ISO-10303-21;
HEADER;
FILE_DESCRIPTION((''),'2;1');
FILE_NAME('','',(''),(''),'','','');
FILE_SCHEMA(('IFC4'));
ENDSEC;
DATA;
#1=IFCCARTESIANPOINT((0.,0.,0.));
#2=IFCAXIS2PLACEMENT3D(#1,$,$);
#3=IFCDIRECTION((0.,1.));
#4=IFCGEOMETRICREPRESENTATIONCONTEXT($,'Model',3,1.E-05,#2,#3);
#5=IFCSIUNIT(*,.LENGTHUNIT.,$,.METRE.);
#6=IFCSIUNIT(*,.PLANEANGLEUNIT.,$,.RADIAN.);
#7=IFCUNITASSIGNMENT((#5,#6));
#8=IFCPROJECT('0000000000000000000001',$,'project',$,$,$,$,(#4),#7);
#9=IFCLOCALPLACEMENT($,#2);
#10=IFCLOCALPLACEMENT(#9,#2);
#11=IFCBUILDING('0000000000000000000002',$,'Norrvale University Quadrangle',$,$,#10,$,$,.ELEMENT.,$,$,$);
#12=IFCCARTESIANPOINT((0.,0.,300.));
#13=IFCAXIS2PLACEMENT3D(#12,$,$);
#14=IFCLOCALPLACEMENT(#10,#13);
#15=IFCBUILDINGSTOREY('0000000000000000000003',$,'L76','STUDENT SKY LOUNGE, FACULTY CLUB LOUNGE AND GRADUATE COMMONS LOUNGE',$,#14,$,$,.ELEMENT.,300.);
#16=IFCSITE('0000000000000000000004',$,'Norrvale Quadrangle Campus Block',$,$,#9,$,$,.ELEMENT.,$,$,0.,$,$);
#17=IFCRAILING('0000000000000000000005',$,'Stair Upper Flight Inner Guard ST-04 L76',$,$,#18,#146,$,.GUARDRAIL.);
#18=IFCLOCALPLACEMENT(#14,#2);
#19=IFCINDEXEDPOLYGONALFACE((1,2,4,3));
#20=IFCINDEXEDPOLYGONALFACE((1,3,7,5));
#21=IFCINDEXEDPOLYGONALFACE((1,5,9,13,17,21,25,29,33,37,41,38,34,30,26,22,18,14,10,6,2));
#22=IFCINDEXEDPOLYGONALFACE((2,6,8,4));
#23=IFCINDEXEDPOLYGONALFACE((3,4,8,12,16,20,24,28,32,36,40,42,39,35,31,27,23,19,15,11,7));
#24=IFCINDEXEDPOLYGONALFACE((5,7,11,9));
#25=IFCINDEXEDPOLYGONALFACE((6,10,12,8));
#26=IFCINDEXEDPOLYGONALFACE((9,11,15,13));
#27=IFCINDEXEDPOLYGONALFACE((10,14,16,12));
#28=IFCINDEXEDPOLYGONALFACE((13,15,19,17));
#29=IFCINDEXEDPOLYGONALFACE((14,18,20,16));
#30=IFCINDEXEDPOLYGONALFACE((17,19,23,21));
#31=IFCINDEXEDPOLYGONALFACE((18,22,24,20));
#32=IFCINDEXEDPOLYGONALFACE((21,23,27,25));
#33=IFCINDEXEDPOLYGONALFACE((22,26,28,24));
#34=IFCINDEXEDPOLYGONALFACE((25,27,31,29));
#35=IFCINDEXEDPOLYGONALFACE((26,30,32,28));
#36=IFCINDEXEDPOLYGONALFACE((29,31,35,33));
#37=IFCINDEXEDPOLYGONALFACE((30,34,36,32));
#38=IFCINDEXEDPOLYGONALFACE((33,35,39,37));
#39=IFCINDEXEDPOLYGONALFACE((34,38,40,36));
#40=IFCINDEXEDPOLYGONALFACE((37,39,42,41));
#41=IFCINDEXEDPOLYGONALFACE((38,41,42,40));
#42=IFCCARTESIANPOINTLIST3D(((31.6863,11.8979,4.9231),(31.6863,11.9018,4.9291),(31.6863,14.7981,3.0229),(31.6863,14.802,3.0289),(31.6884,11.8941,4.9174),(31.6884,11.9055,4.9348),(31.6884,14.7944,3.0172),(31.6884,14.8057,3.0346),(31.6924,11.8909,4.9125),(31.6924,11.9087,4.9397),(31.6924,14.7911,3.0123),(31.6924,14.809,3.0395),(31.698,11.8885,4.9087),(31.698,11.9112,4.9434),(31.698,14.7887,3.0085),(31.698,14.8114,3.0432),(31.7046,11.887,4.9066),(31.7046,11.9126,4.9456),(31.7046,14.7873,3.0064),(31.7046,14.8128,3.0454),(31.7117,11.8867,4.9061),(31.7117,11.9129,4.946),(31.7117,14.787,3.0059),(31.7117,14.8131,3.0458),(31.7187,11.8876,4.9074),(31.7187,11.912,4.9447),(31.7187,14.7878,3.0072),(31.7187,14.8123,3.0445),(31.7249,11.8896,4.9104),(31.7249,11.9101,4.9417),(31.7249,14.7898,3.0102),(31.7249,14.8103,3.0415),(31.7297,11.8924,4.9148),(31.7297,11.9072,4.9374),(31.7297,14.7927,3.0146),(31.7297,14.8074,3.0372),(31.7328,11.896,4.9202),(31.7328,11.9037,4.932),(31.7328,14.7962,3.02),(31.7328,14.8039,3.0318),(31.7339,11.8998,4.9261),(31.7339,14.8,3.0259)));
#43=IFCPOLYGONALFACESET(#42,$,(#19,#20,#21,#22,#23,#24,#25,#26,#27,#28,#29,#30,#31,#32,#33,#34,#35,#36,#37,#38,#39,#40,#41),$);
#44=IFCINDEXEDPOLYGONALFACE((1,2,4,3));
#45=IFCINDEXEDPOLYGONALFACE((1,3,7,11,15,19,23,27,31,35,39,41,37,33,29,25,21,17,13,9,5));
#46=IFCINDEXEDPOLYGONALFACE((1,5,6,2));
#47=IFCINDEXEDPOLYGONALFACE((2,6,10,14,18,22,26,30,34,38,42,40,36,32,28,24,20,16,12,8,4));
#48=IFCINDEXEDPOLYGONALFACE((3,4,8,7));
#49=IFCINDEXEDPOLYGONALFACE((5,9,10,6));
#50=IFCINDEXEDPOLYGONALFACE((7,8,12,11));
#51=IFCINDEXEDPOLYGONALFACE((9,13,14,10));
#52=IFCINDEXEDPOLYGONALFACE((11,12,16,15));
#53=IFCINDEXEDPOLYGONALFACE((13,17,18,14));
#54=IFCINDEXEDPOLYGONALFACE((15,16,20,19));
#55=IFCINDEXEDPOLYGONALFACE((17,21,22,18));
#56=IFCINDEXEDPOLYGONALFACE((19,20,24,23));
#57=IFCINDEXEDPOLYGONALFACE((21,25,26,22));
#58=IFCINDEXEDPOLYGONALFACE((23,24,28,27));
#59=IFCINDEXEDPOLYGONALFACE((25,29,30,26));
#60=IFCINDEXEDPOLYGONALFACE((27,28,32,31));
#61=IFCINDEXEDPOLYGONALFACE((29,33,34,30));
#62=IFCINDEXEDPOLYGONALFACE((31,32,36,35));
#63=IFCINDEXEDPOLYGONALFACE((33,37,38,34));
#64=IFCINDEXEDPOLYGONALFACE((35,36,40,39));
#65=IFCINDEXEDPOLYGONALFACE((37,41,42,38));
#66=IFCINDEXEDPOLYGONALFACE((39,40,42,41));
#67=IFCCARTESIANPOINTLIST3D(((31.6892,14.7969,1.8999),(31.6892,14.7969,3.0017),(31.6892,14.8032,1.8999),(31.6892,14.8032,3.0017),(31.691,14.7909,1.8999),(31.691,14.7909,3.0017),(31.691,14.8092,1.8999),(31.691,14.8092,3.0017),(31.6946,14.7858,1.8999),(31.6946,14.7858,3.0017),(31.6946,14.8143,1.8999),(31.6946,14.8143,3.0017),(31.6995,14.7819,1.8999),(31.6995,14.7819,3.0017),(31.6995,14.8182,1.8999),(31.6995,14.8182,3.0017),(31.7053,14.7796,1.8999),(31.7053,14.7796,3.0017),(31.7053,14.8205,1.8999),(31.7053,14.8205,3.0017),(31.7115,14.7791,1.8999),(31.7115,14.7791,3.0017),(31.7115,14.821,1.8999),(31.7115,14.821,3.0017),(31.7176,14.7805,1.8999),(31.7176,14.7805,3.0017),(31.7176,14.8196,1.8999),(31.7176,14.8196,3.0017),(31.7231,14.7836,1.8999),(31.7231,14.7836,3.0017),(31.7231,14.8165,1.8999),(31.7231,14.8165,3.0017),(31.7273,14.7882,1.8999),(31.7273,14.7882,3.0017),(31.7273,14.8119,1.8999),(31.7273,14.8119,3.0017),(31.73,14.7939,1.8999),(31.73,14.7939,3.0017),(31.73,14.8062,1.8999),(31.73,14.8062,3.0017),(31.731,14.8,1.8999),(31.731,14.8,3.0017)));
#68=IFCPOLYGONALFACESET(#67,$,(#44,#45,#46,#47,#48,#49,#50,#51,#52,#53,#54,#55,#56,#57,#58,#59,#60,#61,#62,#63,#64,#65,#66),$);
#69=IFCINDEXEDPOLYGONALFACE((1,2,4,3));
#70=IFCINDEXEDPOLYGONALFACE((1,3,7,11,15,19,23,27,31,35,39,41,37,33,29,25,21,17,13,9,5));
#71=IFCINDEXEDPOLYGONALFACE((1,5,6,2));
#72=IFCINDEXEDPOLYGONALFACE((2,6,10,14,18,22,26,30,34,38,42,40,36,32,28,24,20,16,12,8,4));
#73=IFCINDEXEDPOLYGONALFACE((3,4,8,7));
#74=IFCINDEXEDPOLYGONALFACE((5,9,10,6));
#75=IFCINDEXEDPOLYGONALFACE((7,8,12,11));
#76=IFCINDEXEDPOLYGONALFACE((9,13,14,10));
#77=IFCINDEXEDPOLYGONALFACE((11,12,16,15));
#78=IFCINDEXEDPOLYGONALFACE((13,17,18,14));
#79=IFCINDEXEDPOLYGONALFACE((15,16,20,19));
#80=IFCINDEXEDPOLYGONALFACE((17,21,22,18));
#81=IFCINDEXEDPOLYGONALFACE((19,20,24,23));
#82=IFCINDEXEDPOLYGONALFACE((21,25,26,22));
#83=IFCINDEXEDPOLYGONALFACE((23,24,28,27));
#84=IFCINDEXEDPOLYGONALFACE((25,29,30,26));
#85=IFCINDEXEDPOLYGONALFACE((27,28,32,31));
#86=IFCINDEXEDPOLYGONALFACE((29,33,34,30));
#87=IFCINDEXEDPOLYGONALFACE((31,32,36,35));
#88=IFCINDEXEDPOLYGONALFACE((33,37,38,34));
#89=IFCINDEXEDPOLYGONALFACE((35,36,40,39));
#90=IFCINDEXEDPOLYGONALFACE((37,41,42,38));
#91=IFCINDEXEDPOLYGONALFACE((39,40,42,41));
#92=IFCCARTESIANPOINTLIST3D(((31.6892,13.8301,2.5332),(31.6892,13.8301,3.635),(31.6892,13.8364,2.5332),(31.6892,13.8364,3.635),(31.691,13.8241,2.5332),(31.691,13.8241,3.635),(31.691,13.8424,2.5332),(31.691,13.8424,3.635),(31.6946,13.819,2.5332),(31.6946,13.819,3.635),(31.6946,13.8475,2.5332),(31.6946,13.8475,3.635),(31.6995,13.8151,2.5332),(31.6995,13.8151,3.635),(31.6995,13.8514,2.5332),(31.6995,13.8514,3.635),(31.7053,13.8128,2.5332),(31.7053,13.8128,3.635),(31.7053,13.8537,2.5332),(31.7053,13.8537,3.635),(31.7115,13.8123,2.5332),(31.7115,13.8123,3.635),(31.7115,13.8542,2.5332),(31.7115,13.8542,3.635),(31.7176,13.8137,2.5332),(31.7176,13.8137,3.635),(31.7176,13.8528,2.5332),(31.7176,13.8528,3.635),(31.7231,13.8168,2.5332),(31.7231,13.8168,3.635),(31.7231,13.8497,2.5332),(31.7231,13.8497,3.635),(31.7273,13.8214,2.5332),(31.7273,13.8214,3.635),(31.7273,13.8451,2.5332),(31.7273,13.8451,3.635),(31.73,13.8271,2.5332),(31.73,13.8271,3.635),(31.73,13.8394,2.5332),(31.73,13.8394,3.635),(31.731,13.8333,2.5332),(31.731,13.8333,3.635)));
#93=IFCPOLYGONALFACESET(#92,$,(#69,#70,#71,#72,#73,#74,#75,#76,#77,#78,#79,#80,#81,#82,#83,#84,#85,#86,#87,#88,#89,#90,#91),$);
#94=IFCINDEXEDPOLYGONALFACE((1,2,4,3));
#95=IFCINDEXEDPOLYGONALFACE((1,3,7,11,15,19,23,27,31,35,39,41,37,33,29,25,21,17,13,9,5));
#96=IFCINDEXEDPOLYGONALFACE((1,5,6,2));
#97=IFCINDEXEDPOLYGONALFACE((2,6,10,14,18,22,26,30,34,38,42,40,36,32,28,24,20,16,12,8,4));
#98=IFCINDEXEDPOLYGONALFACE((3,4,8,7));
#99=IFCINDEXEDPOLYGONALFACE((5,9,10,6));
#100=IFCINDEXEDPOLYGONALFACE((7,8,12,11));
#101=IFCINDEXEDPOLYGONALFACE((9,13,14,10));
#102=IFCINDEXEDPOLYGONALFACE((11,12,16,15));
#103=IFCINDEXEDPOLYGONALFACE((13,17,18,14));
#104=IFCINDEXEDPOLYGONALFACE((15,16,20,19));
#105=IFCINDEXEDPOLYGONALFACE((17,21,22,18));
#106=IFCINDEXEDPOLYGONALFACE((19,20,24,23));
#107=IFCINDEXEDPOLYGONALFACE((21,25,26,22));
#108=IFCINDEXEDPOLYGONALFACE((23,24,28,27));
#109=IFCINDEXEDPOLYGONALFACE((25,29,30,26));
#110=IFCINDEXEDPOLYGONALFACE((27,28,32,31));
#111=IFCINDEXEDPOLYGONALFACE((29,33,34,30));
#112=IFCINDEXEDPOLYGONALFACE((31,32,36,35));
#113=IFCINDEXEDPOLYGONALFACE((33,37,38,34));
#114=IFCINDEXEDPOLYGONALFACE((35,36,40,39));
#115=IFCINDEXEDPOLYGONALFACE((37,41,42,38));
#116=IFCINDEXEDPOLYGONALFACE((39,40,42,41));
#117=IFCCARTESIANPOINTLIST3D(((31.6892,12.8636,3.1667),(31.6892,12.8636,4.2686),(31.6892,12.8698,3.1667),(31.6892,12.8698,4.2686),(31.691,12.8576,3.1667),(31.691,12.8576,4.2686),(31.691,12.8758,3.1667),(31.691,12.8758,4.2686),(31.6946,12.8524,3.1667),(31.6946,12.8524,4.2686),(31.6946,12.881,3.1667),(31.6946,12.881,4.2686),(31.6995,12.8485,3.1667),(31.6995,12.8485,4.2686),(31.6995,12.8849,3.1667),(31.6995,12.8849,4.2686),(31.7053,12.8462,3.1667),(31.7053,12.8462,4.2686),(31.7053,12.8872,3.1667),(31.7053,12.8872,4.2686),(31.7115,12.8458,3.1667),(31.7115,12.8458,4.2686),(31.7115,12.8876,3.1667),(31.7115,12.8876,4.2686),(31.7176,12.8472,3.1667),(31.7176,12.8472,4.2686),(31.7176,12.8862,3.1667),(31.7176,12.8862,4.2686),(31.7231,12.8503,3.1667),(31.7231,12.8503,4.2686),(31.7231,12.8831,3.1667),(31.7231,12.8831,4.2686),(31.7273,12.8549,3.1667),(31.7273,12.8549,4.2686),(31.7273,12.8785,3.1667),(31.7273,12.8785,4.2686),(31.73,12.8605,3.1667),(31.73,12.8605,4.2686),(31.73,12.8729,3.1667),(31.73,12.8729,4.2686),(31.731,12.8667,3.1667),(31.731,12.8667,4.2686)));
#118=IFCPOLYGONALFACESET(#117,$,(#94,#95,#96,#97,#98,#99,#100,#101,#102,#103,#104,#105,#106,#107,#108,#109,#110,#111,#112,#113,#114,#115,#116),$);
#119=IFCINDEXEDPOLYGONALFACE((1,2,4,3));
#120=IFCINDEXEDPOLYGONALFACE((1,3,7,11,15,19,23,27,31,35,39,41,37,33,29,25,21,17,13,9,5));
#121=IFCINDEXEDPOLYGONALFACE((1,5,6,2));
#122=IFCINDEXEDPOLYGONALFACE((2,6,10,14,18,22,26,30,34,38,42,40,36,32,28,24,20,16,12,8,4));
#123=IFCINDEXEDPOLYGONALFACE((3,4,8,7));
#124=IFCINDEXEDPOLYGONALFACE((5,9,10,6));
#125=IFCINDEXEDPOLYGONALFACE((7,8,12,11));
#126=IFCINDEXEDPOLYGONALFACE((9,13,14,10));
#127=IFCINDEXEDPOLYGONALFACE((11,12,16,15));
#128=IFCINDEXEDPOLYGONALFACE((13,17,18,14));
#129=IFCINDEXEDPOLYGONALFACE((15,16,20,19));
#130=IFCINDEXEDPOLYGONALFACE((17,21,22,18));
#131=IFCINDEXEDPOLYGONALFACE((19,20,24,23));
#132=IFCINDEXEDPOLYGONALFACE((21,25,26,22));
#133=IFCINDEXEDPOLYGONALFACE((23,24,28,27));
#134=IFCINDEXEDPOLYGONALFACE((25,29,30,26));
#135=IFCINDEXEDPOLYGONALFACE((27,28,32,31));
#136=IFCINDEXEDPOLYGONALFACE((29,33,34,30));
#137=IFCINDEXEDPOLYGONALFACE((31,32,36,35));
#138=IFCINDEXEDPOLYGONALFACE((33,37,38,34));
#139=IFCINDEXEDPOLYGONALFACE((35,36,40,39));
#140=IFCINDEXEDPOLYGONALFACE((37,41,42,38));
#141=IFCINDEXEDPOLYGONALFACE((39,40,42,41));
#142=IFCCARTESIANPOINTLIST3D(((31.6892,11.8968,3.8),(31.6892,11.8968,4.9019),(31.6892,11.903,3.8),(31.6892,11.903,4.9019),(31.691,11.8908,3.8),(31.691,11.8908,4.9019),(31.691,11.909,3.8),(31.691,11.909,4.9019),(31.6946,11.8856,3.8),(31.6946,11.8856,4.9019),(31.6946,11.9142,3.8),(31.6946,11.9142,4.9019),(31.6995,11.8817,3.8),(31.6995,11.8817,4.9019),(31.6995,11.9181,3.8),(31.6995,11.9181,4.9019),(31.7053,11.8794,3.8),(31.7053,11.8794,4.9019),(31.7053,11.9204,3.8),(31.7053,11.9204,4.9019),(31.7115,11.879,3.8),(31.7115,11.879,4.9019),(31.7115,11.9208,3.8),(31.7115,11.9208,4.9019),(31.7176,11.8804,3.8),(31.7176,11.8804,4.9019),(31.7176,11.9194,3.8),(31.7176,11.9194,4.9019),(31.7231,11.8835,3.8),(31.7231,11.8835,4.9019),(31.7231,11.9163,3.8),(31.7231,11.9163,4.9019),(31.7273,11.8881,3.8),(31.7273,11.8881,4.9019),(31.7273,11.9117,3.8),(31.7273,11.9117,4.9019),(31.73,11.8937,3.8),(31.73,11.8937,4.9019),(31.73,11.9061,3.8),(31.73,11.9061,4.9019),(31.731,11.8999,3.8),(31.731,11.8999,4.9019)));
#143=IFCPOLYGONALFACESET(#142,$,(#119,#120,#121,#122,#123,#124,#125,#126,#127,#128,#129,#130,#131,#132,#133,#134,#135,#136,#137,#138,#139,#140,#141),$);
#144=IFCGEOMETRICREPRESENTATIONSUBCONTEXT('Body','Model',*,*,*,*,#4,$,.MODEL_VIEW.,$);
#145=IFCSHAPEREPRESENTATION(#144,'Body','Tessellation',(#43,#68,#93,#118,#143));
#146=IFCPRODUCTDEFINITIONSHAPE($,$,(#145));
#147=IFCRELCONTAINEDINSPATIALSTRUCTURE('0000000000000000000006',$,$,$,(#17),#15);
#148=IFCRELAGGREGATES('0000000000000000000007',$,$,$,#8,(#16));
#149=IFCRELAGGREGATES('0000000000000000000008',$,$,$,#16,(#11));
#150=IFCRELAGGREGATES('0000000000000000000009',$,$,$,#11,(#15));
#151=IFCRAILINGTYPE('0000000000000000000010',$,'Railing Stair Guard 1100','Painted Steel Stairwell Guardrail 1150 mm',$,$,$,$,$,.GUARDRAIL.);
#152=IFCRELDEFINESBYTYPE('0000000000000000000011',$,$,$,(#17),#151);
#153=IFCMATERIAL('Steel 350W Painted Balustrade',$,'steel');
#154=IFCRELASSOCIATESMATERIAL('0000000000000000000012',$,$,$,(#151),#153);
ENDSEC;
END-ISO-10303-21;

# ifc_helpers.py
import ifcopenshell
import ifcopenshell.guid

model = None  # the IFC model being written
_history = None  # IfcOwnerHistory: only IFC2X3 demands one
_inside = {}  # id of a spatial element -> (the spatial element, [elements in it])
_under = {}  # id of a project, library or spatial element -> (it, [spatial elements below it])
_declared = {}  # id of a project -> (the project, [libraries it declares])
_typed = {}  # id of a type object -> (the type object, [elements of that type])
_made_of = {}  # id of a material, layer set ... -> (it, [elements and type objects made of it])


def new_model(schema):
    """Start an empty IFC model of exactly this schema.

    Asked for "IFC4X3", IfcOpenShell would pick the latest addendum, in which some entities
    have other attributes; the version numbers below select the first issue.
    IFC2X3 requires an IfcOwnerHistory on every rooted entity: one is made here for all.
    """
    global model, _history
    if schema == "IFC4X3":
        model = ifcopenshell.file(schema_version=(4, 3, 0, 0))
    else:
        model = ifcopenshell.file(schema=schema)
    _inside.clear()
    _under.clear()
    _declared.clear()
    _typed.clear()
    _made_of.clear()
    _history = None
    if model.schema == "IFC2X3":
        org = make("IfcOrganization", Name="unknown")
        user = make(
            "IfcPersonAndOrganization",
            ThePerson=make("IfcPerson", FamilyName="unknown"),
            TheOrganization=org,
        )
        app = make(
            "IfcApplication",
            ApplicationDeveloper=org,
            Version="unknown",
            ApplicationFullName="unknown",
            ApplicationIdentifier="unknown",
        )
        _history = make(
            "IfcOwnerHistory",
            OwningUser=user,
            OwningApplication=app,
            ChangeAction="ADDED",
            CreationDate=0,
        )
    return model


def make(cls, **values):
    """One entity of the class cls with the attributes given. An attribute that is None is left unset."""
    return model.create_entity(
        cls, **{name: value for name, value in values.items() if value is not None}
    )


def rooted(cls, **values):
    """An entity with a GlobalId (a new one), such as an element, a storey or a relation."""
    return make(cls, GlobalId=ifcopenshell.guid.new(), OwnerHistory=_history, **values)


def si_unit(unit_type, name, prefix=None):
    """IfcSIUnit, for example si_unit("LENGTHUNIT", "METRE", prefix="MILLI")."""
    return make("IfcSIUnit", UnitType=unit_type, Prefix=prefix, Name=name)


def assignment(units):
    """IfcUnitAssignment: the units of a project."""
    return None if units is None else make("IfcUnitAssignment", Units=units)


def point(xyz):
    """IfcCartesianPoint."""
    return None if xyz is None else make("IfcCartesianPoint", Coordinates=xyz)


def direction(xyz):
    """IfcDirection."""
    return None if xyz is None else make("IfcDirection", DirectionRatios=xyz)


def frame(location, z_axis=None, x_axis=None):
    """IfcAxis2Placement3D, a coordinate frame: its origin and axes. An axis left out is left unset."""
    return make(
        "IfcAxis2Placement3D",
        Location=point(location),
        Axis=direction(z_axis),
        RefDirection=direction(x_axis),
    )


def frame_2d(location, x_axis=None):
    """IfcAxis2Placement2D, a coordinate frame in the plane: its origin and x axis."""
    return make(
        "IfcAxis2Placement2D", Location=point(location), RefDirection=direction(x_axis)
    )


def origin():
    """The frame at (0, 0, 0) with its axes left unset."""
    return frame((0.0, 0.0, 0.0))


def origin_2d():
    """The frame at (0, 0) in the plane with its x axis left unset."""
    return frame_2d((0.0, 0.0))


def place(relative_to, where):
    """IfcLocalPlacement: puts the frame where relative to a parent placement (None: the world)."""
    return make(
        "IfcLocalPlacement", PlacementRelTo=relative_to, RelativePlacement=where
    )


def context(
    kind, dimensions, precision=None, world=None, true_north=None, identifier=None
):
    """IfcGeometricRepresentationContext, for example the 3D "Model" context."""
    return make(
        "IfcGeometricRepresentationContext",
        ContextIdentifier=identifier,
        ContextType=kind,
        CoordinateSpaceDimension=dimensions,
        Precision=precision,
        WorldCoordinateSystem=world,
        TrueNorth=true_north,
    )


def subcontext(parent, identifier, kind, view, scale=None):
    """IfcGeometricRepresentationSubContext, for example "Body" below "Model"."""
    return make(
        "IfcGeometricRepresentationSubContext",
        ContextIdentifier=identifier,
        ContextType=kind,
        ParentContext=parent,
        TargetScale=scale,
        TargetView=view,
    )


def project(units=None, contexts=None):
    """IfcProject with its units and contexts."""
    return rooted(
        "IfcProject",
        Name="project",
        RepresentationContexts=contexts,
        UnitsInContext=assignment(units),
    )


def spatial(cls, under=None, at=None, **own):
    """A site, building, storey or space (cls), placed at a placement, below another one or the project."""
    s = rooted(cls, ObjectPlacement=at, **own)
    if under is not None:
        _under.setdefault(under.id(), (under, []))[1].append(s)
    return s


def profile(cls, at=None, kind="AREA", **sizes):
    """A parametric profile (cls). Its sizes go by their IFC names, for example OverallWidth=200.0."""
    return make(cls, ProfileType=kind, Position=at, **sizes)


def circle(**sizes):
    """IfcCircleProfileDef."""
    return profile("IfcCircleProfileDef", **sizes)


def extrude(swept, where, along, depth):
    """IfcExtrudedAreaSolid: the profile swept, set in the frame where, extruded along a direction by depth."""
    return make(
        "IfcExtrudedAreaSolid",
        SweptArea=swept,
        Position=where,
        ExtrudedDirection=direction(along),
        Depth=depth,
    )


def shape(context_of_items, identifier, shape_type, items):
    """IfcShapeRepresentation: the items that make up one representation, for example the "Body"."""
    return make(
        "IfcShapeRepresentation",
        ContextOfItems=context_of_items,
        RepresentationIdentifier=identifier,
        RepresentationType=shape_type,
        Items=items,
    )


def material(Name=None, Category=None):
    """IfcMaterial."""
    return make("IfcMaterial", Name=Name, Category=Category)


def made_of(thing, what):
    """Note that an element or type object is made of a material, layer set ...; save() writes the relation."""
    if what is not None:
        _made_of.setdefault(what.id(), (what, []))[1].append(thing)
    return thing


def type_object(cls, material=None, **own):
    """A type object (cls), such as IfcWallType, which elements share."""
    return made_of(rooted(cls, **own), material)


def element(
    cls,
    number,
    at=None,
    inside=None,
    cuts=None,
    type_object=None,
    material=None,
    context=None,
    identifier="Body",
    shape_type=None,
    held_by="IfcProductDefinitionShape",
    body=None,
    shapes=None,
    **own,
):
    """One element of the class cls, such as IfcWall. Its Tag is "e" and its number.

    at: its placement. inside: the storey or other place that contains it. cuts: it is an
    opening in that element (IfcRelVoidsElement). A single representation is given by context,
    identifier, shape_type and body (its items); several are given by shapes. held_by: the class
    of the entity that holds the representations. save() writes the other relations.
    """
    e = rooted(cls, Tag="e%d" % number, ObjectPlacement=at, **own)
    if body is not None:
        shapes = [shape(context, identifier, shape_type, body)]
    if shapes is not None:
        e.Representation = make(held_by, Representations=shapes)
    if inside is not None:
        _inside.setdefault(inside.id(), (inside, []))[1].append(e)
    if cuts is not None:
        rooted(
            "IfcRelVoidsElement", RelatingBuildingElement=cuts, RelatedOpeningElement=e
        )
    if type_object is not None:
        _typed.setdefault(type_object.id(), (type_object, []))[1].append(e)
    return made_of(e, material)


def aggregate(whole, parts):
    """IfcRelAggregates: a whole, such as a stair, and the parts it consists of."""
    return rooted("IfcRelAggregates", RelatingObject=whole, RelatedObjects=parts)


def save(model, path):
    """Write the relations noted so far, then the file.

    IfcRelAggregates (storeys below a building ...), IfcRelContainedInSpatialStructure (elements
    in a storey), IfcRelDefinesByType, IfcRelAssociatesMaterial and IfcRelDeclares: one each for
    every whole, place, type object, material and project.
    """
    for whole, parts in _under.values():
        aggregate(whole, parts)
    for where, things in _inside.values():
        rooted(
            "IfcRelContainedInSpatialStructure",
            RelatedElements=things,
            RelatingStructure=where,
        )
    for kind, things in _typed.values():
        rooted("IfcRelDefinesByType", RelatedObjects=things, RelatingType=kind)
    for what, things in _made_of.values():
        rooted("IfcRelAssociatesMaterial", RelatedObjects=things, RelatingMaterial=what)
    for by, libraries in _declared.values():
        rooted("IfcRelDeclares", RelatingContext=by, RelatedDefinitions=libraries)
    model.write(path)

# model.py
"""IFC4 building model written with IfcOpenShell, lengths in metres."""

from ifc_helpers import new_model, si_unit, direction, frame, origin, origin_2d, place, context, subcontext, project, spatial, circle, extrude, material, type_object, element, save


model = new_model("IFC4")

# Units and contexts
model_context = context("Model", 3, precision=1e-05, world=origin(), true_north=direction((0.0, 1.0)))
body_context = subcontext(model_context, "Body", "Model", "MODEL_VIEW")
ifc_project = project(units=[si_unit("LENGTHUNIT", "METRE"), si_unit("PLANEANGLEUNIT", "RADIAN")], contexts=[model_context])

# Site, building, storey
site_placement = place(None, origin())
site = spatial("IfcSite", under=ifc_project, at=site_placement, Name="Norrvale Quadrangle Campus Block", CompositionType="ELEMENT", RefElevation=0.0)
building_placement = place(site_placement, origin())
building = spatial("IfcBuilding", under=site, at=building_placement, Name="Norrvale University Quadrangle", CompositionType="ELEMENT")
storey_placement = place(building_placement, frame((0.0, 0.0, 300.0)))
storey = spatial("IfcBuildingStorey", under=building, at=storey_placement, Name="L76", Description="STUDENT SKY LOUNGE, FACULTY CLUB LOUNGE AND GRADUATE COMMONS LOUNGE", CompositionType="ELEMENT", Elevation=300.0)

# Railing
ifc_material_1 = material(Name="Steel 350W Painted Balustrade", Category="steel")
railing_type_1 = type_object("IfcRailingType", Name="Railing Stair Guard 1100", Description="Painted Steel Stairwell Guardrail 1150 mm", PredefinedType="GUARDRAIL", material=ifc_material_1)
railing_1_placement = place(storey_placement, frame((31.71, 14.8, 1.8999)))
element("IfcRailing", 1, at=railing_1_placement, inside=storey, type_object=railing_type_1, Name="Stair Upper Flight Inner Guard ST-04 L76", PredefinedType="GUARDRAIL", context=body_context, shape_type="SweptSolid", body=[
    extrude(circle(Radius=0.0239, at=origin_2d()), frame((0.0, 0.0, 1.126), z_axis=(0.0, -0.836454, 0.548036), x_axis=(1.0, 0.0, 0.0)), (0.0, 0.0, 1.0), 3.4673),
    extrude(circle(Radius=0.021, at=origin_2d()), origin(), (0.0, 0.0, 1.0), 1.1018),
    extrude(circle(Radius=0.021, at=origin_2d()), frame((0.0, -0.9668, 0.6333)), (0.0, 0.0, 1.0), 1.1018),
    extrude(circle(Radius=0.021, at=origin_2d()), frame((0.0, -1.9333, 1.2668)), (0.0, 0.0, 1.0), 1.1018),
    extrude(circle(Radius=0.021, at=origin_2d()), frame((0.0, -2.9001, 1.9001)), (0.0, 0.0, 1.0), 1.1018),
])

save(model, "model.ifc")
